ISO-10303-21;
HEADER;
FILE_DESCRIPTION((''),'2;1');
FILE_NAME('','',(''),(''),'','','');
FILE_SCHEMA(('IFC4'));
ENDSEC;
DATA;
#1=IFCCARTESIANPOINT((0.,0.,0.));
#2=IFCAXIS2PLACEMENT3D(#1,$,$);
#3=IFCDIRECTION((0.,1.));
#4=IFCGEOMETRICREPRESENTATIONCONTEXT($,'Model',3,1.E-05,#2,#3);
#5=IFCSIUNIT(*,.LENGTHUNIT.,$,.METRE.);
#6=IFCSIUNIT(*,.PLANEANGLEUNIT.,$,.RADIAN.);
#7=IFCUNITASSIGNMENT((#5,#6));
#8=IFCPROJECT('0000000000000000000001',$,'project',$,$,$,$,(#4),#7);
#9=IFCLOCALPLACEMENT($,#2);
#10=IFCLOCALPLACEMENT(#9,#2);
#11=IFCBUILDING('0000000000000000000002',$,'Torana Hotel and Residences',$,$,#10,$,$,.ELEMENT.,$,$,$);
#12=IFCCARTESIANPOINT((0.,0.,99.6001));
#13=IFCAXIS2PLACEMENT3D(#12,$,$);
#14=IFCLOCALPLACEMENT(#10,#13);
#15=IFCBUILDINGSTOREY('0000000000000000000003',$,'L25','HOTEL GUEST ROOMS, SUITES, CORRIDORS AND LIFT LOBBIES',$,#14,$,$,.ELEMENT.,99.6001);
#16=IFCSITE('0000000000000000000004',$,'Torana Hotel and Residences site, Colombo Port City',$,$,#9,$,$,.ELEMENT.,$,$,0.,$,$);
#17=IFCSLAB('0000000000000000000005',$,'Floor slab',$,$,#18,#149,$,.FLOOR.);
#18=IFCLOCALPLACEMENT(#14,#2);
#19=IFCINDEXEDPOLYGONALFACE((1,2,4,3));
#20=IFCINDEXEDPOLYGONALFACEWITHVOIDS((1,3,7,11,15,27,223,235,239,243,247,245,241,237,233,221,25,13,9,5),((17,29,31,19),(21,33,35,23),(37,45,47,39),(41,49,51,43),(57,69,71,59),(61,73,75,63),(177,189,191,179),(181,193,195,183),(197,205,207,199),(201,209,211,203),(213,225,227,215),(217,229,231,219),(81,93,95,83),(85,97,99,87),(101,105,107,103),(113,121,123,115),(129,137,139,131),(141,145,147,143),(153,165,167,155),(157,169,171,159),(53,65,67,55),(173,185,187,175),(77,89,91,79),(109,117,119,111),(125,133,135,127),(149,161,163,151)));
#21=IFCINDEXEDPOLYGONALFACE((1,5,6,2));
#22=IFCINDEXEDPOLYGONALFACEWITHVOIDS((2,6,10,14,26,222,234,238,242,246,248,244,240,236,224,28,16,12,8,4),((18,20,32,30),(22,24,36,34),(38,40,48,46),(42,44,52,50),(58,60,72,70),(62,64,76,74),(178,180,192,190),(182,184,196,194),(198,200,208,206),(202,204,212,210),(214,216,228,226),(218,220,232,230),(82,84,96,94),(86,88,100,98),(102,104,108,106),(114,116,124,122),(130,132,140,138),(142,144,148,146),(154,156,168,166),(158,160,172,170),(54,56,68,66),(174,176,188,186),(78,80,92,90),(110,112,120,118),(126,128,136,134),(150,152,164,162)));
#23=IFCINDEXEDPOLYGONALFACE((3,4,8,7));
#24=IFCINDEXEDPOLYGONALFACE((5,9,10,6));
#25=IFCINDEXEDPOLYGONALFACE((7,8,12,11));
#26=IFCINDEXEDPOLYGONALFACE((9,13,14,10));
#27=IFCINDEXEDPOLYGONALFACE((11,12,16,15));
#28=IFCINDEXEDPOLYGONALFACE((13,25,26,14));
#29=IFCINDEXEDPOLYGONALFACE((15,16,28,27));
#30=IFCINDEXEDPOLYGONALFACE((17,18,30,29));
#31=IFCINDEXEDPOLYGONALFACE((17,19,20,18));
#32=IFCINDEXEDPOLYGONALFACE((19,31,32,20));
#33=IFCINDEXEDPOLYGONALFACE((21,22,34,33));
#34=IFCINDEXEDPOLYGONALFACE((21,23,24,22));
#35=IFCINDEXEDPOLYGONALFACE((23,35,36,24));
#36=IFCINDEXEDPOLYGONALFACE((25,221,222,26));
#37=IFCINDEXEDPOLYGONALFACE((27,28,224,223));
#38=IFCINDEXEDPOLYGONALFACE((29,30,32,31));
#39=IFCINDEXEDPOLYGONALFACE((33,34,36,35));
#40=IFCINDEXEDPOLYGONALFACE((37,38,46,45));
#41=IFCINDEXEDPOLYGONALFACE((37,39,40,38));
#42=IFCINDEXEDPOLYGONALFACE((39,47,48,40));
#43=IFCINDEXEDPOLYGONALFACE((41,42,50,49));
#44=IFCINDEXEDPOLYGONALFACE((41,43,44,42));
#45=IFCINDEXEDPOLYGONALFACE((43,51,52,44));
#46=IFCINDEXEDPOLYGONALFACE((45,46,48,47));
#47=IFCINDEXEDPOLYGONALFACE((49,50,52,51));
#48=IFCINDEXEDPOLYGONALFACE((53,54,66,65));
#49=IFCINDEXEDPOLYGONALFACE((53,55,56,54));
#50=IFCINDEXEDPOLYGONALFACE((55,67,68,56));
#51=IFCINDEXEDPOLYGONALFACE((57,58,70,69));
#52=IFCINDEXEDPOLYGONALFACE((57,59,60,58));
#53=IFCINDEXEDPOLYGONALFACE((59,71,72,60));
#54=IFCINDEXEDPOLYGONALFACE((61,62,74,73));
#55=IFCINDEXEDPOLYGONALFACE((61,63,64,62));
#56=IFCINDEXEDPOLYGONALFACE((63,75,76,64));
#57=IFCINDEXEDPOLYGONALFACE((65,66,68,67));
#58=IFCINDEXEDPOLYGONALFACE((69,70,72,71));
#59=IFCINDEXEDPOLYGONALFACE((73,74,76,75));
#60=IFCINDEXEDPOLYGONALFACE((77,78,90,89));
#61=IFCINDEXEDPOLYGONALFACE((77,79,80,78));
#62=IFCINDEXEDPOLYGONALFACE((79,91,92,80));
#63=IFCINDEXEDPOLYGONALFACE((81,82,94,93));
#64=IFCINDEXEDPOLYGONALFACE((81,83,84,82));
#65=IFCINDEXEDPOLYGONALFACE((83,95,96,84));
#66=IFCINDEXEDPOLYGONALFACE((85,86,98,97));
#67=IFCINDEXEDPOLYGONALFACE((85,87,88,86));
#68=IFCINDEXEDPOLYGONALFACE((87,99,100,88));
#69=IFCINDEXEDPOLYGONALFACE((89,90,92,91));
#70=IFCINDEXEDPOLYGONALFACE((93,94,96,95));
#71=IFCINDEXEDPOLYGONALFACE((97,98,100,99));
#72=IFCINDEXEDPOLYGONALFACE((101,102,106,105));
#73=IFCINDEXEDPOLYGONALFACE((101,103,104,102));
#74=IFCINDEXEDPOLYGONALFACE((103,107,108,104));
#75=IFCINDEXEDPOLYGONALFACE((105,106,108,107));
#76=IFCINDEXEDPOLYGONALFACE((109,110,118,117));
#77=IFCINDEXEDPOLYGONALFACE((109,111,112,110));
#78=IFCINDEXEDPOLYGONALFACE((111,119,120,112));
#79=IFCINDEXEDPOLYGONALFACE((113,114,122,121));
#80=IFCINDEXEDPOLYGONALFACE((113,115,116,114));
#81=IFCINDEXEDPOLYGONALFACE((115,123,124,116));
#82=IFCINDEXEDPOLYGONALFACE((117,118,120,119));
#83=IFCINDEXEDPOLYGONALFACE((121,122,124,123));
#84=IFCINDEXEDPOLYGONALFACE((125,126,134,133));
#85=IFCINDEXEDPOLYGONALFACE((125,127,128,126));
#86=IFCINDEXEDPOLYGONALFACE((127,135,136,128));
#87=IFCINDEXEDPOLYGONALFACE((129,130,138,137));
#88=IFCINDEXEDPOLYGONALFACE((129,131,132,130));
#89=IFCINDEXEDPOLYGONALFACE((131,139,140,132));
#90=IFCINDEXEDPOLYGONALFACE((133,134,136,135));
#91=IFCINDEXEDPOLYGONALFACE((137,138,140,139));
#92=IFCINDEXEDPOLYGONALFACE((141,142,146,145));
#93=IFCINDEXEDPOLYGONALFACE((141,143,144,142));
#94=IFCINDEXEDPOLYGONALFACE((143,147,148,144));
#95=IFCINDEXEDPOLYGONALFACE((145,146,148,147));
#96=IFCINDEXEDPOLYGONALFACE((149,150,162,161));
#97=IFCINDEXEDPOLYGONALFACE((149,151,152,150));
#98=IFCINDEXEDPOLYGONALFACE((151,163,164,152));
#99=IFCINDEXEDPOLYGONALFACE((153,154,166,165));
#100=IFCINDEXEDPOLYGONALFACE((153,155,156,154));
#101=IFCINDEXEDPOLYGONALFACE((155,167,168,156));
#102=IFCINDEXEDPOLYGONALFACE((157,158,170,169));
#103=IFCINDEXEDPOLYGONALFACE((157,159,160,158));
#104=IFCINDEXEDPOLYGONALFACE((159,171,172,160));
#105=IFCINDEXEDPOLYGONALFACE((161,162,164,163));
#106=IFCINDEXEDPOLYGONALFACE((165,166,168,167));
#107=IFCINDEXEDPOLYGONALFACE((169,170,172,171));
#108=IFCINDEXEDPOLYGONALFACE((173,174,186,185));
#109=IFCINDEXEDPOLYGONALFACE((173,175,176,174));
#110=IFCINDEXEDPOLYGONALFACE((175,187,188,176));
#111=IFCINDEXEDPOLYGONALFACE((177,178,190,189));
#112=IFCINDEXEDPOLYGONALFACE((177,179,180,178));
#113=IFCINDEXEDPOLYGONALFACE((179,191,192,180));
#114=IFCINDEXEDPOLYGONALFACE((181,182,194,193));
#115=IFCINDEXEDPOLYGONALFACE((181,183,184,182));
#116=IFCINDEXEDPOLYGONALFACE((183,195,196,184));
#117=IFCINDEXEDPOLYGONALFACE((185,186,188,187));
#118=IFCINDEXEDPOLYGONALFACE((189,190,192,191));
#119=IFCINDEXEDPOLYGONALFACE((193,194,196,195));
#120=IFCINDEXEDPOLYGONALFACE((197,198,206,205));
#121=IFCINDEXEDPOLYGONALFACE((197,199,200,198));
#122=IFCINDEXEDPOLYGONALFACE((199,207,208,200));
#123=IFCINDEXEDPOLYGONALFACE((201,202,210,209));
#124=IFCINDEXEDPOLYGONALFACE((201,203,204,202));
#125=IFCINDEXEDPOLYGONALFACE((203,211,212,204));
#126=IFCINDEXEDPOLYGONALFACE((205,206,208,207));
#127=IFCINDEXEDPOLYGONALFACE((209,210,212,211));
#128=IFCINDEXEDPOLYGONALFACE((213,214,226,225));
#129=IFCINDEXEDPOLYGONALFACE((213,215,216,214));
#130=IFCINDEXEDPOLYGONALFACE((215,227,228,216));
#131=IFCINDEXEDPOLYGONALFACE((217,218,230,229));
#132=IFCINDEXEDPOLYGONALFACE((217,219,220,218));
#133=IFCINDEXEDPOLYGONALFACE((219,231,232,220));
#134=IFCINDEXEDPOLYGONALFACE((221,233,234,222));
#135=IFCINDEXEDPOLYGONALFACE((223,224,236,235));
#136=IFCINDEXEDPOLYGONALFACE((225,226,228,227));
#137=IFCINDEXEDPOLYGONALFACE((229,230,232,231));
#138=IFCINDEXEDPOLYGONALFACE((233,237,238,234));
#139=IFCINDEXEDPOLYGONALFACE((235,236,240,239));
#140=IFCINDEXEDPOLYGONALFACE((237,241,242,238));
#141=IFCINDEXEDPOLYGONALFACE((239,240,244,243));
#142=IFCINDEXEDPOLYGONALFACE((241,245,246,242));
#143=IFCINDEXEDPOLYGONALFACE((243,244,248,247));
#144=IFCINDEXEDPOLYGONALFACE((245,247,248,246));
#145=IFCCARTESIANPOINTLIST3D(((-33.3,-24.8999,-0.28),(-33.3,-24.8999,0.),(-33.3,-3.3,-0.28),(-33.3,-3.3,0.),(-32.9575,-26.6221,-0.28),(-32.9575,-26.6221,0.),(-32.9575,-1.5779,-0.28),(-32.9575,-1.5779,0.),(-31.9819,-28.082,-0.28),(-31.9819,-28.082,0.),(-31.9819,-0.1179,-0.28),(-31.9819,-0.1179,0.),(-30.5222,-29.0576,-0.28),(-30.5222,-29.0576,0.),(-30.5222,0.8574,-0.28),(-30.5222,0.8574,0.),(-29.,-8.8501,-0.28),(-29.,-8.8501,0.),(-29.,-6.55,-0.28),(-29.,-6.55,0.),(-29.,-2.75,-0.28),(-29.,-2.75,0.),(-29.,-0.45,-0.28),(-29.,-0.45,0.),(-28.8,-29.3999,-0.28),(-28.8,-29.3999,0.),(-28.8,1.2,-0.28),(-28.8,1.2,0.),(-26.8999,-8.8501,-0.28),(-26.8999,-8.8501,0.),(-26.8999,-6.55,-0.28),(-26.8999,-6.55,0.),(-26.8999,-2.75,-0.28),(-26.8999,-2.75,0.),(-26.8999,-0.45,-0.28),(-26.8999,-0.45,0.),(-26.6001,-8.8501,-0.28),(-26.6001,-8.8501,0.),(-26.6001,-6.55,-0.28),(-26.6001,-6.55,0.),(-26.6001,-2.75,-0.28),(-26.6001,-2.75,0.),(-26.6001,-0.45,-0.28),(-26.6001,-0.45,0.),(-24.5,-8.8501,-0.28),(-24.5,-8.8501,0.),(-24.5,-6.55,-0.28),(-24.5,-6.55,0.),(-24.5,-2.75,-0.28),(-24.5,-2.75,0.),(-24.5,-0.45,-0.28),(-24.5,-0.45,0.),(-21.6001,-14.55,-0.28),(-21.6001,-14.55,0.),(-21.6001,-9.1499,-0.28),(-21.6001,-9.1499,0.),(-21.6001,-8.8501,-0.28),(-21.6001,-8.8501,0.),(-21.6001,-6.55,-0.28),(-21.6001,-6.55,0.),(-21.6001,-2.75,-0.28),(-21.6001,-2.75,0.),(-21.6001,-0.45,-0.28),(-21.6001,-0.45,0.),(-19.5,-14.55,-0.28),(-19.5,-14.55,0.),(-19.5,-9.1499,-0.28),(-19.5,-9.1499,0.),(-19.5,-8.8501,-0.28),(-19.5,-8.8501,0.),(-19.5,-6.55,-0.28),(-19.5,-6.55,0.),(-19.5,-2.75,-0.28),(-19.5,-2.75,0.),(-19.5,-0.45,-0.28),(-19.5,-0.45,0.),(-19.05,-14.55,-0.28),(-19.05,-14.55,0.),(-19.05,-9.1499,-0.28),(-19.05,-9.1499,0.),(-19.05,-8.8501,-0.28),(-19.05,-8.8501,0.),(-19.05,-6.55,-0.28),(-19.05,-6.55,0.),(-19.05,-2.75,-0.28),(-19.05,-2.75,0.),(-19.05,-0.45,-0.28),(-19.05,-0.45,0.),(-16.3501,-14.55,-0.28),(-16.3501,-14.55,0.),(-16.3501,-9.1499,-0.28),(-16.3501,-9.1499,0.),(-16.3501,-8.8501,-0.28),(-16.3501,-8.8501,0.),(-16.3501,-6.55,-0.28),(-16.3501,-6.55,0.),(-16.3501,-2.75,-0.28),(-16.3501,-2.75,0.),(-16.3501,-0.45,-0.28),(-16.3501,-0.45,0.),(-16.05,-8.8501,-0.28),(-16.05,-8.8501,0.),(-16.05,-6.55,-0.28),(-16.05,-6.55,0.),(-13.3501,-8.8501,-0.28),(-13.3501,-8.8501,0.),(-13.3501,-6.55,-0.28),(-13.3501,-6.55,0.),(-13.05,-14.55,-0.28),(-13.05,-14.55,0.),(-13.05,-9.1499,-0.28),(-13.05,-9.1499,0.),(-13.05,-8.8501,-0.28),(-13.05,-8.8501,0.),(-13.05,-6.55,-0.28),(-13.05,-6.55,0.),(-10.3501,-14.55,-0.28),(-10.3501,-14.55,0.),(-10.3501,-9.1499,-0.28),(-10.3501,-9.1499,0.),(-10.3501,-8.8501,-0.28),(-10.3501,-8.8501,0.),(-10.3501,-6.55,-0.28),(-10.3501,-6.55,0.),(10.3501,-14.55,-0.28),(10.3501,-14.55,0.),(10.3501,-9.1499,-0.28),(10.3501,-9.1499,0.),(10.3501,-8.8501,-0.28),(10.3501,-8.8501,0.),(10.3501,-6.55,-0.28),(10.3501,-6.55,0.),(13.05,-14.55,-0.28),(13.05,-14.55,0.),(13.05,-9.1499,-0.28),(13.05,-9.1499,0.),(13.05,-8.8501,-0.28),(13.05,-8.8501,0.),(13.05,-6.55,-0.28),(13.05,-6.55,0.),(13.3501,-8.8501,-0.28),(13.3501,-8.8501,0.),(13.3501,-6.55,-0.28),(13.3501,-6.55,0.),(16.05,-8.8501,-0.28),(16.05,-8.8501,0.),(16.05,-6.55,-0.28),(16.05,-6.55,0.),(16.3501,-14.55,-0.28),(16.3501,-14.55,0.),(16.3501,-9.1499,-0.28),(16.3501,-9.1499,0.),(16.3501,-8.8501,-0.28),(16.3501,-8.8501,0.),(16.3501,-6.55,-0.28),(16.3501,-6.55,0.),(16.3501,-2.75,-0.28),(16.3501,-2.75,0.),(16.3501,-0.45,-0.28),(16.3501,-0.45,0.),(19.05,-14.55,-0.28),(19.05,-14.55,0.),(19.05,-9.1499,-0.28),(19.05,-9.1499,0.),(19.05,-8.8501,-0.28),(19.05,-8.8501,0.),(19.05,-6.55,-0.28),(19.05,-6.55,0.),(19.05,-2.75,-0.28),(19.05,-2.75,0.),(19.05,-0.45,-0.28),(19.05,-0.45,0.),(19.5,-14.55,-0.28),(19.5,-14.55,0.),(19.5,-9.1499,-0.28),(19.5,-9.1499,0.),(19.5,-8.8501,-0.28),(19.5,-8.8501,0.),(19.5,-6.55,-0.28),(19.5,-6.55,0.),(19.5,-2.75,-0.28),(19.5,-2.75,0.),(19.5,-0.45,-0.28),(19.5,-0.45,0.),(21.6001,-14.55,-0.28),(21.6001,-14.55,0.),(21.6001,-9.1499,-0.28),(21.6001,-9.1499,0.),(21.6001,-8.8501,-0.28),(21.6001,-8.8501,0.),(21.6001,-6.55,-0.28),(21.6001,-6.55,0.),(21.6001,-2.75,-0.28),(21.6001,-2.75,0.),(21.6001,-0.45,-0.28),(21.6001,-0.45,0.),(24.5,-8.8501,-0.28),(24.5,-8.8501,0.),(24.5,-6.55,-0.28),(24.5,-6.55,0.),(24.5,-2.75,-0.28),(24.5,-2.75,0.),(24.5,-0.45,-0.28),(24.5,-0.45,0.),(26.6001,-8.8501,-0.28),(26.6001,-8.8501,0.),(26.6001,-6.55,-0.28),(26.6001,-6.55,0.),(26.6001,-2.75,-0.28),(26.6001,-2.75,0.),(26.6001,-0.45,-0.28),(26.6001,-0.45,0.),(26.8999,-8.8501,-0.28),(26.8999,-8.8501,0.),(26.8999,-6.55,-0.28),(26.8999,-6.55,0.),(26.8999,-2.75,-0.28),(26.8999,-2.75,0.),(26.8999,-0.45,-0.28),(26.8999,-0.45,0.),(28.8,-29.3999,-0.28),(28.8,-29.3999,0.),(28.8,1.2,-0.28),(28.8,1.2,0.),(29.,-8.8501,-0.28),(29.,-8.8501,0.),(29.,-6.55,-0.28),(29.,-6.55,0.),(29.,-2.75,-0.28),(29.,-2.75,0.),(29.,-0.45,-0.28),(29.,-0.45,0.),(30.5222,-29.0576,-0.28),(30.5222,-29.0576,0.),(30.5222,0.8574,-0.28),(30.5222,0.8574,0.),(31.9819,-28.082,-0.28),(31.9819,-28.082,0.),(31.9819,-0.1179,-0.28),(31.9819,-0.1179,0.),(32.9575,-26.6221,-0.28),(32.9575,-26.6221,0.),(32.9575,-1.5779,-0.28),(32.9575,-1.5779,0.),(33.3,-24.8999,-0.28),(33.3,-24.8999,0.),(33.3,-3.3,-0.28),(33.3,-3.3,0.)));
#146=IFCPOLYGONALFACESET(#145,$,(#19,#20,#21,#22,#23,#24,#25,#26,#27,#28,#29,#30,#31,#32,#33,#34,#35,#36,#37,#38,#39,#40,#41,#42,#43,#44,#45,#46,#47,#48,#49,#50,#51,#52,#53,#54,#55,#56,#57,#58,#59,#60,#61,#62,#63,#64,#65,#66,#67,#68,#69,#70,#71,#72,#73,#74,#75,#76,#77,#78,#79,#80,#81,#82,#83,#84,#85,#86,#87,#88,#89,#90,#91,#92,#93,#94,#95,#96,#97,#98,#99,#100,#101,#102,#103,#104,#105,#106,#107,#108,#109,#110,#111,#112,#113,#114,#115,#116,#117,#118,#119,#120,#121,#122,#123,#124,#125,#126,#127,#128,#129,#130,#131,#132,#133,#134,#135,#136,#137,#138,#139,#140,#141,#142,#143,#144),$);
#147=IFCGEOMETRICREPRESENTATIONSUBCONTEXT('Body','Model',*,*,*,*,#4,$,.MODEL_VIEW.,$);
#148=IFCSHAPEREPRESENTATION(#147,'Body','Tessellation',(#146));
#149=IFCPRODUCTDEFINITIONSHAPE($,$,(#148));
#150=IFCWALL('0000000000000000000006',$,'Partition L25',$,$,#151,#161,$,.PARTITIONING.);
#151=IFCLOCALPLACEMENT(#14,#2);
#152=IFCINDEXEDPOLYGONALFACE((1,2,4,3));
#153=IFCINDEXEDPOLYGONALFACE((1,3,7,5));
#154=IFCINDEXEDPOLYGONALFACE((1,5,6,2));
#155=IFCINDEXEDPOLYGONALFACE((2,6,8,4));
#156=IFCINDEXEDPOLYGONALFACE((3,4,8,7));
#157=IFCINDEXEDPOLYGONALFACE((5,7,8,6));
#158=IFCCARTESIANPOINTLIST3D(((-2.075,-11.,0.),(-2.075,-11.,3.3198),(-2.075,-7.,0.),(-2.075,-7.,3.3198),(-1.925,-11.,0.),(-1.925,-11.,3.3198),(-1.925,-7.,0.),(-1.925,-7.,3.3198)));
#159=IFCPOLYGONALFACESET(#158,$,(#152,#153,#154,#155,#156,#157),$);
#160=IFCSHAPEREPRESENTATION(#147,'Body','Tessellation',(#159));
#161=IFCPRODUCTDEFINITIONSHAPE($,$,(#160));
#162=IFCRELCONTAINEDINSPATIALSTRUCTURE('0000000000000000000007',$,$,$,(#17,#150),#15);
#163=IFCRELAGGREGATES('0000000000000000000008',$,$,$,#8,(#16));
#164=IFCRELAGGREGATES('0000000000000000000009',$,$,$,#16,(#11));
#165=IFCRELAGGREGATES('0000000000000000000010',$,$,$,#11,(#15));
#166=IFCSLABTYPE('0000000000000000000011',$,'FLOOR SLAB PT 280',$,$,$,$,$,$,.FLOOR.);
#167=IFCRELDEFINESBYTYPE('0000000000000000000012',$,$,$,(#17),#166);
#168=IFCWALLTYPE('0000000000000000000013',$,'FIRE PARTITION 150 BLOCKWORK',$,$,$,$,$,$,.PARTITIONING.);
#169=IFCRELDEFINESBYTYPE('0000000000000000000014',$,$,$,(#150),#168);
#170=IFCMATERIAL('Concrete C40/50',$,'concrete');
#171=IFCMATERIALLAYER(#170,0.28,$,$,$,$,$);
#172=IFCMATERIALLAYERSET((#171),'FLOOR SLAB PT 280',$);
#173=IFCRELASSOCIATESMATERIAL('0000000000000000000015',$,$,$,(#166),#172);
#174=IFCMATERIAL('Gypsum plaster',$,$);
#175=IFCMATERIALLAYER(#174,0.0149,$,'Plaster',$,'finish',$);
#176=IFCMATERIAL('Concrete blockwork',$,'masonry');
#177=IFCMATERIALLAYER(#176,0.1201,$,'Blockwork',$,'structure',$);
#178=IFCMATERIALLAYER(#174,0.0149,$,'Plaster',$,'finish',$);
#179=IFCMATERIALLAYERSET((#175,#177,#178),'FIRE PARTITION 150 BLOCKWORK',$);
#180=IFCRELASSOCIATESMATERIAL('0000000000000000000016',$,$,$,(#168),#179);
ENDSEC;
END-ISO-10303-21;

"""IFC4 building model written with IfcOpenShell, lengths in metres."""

from ifc_helpers import new_model, si_unit, direction, frame, frame_2d, origin, place, context, subcontext, project, spatial, polyline, rectangle, outline, extrude, material, layer, layer_set, type_object, element, save


model = new_model("IFC4")

# Units and contexts
model_context = context("Model", 3, precision=1e-05, world=origin(), true_north=direction((0.0, 1.0)))
body_context = subcontext(model_context, "Body", "Model", "MODEL_VIEW")
ifc_project = project(units=[si_unit("LENGTHUNIT", "METRE"), si_unit("PLANEANGLEUNIT", "RADIAN")], contexts=[model_context])

# Site, building, storey
site_placement = place(None, origin())
site = spatial("IfcSite", under=ifc_project, at=site_placement, Name="Torana Hotel and Residences site, Colombo Port City", CompositionType="ELEMENT", RefElevation=0.0)
building_placement = place(site_placement, origin())
building = spatial("IfcBuilding", under=site, at=building_placement, Name="Torana Hotel and Residences", CompositionType="ELEMENT")
storey_placement = place(building_placement, frame((0.0, 0.0, 99.6001)))
storey = spatial("IfcBuildingStorey", under=building, at=storey_placement, Name="L25", Description="HOTEL GUEST ROOMS, SUITES, CORRIDORS AND LIFT LOBBIES", CompositionType="ELEMENT", Elevation=99.6001)

# Slab
ifc_material_1 = material(Name="Concrete C40/50", Category="concrete")
ifc_layer_1 = layer(ifc_material_1, 0.28)
ifc_layer_set_1 = layer_set([ifc_layer_1], Name="FLOOR SLAB PT 280")
slab_type_1 = type_object("IfcSlabType", Name="FLOOR SLAB PT 280", PredefinedType="FLOOR", material=ifc_layer_set_1)
slab_1_placement = place(storey_placement, frame((0.0, 0.0, -0.28)))
element("IfcSlab", 1, at=slab_1_placement, inside=storey, type_object=slab_type_1, Name="Floor slab", PredefinedType="FLOOR", context=body_context, shape_type="SweptSolid", body=[
    extrude(outline(polyline([(33.3, -3.3), (32.9575, -1.5779), (31.9819, -0.1179), (30.5222, 0.8574), (28.8, 1.2), (-28.8, 1.2), (-30.5222, 0.8574), (-31.9819, -0.1179), (-32.9575, -1.5779), (-33.3, -3.3), (-33.3, -24.8999), (-32.9575, -26.6221), (-31.9819, -28.082), (-30.5222, -29.0576), (-28.8, -29.3999), (28.8, -29.3999), (30.5222, -29.0576), (31.9819, -28.082), (32.9575, -26.6221), (33.3, -24.8999), (33.3, -3.3)]), holes=[polyline([(-13.05, -14.55), (-10.3501, -14.55), (-10.3501, -9.1499), (-13.05, -9.1499), (-13.05, -14.55)]), polyline([(-19.05, -14.55), (-16.3501, -14.55), (-16.3501, -9.1499), (-19.05, -9.1499), (-19.05, -14.55)]), polyline([(-19.05, -2.75), (-16.3501, -2.75), (-16.3501, -0.45), (-19.05, -0.45), (-19.05, -2.75)]), polyline([(-26.6001, -2.75), (-24.5, -2.75), (-24.5, -0.45), (-26.6001, -0.45), (-26.6001, -2.75)]), polyline([(-29.0, -2.75), (-26.8999, -2.75), (-26.8999, -0.45), (-29.0, -0.45), (-29.0, -2.75)]), polyline([(-26.6001, -8.8501), (-24.5, -8.8501), (-24.5, -6.55), (-26.6001, -6.55), (-26.6001, -8.8501)]), polyline([(-29.0, -8.8501), (-26.8999, -8.8501), (-26.8999, -6.55), (-29.0, -6.55), (-29.0, -8.8501)]), polyline([(-21.6001, -2.75), (-19.5, -2.75), (-19.5, -0.45), (-21.6001, -0.45), (-21.6001, -2.75)]), polyline([(-21.6001, -8.8501), (-19.5, -8.8501), (-19.5, -6.55), (-21.6001, -6.55), (-21.6001, -8.8501)]), polyline([(-13.05, -8.8501), (-10.3501, -8.8501), (-10.3501, -6.55), (-13.05, -6.55), (-13.05, -8.8501)]), polyline([(-16.05, -8.8501), (-13.3501, -8.8501), (-13.3501, -6.55), (-16.05, -6.55), (-16.05, -8.8501)]), polyline([(-19.05, -8.8501), (-16.3501, -8.8501), (-16.3501, -6.55), (-19.05, -6.55), (-19.05, -8.8501)]), polyline([(-21.6001, -14.55), (-19.5, -14.55), (-19.5, -9.1499), (-21.6001, -9.1499), (-21.6001, -14.55)]), polyline([(10.3501, -14.55), (13.05, -14.55), (13.05, -9.1499), (10.3501, -9.1499), (10.3501, -14.55)]), polyline([(16.3501, -14.55), (19.05, -14.55), (19.05, -9.1499), (16.3501, -9.1499), (16.3501, -14.55)]), polyline([(16.3501, -2.75), (19.05, -2.75), (19.05, -0.45), (16.3501, -0.45), (16.3501, -2.75)]), polyline([(24.5, -2.75), (26.6001, -2.75), (26.6001, -0.45), (24.5, -0.45), (24.5, -2.75)]), polyline([(26.8999, -2.75), (29.0, -2.75), (29.0, -0.45), (26.8999, -0.45), (26.8999, -2.75)]), polyline([(24.5, -8.8501), (26.6001, -8.8501), (26.6001, -6.55), (24.5, -6.55), (24.5, -8.8501)]), polyline([(26.8999, -8.8501), (29.0, -8.8501), (29.0, -6.55), (26.8999, -6.55), (26.8999, -8.8501)]), polyline([(19.5, -2.75), (21.6001, -2.75), (21.6001, -0.45), (19.5, -0.45), (19.5, -2.75)]), polyline([(19.5, -8.8501), (21.6001, -8.8501), (21.6001, -6.55), (19.5, -6.55), (19.5, -8.8501)]), polyline([(10.3501, -8.8501), (13.05, -8.8501), (13.05, -6.55), (10.3501, -6.55), (10.3501, -8.8501)]), polyline([(13.3501, -8.8501), (16.05, -8.8501), (16.05, -6.55), (13.3501, -6.55), (13.3501, -8.8501)]), polyline([(16.3501, -8.8501), (19.05, -8.8501), (19.05, -6.55), (16.3501, -6.55), (16.3501, -8.8501)]), polyline([(19.5, -14.55), (21.6001, -14.55), (21.6001, -9.1499), (19.5, -9.1499), (19.5, -14.55)])]), origin(), (0.0, 0.0, 1.0), 0.28),
])

# Wall
ifc_material_2 = material(Name="Gypsum plaster")
ifc_layer_2 = layer(ifc_material_2, 0.0149, Name="Plaster", Category="finish")
ifc_material_3 = material(Name="Concrete blockwork", Category="masonry")
ifc_layer_3 = layer(ifc_material_3, 0.1201, Name="Blockwork", Category="structure")
ifc_layer_4 = layer(ifc_material_2, 0.0149, Name="Plaster", Category="finish")
ifc_layer_set_2 = layer_set([ifc_layer_2, ifc_layer_3, ifc_layer_4], Name="FIRE PARTITION 150 BLOCKWORK")
wall_type_1 = type_object("IfcWallType", Name="FIRE PARTITION 150 BLOCKWORK", PredefinedType="PARTITIONING", material=ifc_layer_set_2)
wall_1_placement = place(storey_placement, frame((-2.0, -11.0, 0.0), z_axis=(0.0, 0.0, 1.0), x_axis=(0.0, 1.0, 0.0)))
element("IfcWall", 2, at=wall_1_placement, inside=storey, type_object=wall_type_1, Name="Partition L25", PredefinedType="PARTITIONING", context=body_context, shape_type="SweptSolid", body=[
    extrude(rectangle(XDim=4.0, YDim=0.1499, at=frame_2d((2.0, 0.0))), origin(), (0.0, 0.0, 1.0), 3.3198),
])

save(model, "model.ifc")
